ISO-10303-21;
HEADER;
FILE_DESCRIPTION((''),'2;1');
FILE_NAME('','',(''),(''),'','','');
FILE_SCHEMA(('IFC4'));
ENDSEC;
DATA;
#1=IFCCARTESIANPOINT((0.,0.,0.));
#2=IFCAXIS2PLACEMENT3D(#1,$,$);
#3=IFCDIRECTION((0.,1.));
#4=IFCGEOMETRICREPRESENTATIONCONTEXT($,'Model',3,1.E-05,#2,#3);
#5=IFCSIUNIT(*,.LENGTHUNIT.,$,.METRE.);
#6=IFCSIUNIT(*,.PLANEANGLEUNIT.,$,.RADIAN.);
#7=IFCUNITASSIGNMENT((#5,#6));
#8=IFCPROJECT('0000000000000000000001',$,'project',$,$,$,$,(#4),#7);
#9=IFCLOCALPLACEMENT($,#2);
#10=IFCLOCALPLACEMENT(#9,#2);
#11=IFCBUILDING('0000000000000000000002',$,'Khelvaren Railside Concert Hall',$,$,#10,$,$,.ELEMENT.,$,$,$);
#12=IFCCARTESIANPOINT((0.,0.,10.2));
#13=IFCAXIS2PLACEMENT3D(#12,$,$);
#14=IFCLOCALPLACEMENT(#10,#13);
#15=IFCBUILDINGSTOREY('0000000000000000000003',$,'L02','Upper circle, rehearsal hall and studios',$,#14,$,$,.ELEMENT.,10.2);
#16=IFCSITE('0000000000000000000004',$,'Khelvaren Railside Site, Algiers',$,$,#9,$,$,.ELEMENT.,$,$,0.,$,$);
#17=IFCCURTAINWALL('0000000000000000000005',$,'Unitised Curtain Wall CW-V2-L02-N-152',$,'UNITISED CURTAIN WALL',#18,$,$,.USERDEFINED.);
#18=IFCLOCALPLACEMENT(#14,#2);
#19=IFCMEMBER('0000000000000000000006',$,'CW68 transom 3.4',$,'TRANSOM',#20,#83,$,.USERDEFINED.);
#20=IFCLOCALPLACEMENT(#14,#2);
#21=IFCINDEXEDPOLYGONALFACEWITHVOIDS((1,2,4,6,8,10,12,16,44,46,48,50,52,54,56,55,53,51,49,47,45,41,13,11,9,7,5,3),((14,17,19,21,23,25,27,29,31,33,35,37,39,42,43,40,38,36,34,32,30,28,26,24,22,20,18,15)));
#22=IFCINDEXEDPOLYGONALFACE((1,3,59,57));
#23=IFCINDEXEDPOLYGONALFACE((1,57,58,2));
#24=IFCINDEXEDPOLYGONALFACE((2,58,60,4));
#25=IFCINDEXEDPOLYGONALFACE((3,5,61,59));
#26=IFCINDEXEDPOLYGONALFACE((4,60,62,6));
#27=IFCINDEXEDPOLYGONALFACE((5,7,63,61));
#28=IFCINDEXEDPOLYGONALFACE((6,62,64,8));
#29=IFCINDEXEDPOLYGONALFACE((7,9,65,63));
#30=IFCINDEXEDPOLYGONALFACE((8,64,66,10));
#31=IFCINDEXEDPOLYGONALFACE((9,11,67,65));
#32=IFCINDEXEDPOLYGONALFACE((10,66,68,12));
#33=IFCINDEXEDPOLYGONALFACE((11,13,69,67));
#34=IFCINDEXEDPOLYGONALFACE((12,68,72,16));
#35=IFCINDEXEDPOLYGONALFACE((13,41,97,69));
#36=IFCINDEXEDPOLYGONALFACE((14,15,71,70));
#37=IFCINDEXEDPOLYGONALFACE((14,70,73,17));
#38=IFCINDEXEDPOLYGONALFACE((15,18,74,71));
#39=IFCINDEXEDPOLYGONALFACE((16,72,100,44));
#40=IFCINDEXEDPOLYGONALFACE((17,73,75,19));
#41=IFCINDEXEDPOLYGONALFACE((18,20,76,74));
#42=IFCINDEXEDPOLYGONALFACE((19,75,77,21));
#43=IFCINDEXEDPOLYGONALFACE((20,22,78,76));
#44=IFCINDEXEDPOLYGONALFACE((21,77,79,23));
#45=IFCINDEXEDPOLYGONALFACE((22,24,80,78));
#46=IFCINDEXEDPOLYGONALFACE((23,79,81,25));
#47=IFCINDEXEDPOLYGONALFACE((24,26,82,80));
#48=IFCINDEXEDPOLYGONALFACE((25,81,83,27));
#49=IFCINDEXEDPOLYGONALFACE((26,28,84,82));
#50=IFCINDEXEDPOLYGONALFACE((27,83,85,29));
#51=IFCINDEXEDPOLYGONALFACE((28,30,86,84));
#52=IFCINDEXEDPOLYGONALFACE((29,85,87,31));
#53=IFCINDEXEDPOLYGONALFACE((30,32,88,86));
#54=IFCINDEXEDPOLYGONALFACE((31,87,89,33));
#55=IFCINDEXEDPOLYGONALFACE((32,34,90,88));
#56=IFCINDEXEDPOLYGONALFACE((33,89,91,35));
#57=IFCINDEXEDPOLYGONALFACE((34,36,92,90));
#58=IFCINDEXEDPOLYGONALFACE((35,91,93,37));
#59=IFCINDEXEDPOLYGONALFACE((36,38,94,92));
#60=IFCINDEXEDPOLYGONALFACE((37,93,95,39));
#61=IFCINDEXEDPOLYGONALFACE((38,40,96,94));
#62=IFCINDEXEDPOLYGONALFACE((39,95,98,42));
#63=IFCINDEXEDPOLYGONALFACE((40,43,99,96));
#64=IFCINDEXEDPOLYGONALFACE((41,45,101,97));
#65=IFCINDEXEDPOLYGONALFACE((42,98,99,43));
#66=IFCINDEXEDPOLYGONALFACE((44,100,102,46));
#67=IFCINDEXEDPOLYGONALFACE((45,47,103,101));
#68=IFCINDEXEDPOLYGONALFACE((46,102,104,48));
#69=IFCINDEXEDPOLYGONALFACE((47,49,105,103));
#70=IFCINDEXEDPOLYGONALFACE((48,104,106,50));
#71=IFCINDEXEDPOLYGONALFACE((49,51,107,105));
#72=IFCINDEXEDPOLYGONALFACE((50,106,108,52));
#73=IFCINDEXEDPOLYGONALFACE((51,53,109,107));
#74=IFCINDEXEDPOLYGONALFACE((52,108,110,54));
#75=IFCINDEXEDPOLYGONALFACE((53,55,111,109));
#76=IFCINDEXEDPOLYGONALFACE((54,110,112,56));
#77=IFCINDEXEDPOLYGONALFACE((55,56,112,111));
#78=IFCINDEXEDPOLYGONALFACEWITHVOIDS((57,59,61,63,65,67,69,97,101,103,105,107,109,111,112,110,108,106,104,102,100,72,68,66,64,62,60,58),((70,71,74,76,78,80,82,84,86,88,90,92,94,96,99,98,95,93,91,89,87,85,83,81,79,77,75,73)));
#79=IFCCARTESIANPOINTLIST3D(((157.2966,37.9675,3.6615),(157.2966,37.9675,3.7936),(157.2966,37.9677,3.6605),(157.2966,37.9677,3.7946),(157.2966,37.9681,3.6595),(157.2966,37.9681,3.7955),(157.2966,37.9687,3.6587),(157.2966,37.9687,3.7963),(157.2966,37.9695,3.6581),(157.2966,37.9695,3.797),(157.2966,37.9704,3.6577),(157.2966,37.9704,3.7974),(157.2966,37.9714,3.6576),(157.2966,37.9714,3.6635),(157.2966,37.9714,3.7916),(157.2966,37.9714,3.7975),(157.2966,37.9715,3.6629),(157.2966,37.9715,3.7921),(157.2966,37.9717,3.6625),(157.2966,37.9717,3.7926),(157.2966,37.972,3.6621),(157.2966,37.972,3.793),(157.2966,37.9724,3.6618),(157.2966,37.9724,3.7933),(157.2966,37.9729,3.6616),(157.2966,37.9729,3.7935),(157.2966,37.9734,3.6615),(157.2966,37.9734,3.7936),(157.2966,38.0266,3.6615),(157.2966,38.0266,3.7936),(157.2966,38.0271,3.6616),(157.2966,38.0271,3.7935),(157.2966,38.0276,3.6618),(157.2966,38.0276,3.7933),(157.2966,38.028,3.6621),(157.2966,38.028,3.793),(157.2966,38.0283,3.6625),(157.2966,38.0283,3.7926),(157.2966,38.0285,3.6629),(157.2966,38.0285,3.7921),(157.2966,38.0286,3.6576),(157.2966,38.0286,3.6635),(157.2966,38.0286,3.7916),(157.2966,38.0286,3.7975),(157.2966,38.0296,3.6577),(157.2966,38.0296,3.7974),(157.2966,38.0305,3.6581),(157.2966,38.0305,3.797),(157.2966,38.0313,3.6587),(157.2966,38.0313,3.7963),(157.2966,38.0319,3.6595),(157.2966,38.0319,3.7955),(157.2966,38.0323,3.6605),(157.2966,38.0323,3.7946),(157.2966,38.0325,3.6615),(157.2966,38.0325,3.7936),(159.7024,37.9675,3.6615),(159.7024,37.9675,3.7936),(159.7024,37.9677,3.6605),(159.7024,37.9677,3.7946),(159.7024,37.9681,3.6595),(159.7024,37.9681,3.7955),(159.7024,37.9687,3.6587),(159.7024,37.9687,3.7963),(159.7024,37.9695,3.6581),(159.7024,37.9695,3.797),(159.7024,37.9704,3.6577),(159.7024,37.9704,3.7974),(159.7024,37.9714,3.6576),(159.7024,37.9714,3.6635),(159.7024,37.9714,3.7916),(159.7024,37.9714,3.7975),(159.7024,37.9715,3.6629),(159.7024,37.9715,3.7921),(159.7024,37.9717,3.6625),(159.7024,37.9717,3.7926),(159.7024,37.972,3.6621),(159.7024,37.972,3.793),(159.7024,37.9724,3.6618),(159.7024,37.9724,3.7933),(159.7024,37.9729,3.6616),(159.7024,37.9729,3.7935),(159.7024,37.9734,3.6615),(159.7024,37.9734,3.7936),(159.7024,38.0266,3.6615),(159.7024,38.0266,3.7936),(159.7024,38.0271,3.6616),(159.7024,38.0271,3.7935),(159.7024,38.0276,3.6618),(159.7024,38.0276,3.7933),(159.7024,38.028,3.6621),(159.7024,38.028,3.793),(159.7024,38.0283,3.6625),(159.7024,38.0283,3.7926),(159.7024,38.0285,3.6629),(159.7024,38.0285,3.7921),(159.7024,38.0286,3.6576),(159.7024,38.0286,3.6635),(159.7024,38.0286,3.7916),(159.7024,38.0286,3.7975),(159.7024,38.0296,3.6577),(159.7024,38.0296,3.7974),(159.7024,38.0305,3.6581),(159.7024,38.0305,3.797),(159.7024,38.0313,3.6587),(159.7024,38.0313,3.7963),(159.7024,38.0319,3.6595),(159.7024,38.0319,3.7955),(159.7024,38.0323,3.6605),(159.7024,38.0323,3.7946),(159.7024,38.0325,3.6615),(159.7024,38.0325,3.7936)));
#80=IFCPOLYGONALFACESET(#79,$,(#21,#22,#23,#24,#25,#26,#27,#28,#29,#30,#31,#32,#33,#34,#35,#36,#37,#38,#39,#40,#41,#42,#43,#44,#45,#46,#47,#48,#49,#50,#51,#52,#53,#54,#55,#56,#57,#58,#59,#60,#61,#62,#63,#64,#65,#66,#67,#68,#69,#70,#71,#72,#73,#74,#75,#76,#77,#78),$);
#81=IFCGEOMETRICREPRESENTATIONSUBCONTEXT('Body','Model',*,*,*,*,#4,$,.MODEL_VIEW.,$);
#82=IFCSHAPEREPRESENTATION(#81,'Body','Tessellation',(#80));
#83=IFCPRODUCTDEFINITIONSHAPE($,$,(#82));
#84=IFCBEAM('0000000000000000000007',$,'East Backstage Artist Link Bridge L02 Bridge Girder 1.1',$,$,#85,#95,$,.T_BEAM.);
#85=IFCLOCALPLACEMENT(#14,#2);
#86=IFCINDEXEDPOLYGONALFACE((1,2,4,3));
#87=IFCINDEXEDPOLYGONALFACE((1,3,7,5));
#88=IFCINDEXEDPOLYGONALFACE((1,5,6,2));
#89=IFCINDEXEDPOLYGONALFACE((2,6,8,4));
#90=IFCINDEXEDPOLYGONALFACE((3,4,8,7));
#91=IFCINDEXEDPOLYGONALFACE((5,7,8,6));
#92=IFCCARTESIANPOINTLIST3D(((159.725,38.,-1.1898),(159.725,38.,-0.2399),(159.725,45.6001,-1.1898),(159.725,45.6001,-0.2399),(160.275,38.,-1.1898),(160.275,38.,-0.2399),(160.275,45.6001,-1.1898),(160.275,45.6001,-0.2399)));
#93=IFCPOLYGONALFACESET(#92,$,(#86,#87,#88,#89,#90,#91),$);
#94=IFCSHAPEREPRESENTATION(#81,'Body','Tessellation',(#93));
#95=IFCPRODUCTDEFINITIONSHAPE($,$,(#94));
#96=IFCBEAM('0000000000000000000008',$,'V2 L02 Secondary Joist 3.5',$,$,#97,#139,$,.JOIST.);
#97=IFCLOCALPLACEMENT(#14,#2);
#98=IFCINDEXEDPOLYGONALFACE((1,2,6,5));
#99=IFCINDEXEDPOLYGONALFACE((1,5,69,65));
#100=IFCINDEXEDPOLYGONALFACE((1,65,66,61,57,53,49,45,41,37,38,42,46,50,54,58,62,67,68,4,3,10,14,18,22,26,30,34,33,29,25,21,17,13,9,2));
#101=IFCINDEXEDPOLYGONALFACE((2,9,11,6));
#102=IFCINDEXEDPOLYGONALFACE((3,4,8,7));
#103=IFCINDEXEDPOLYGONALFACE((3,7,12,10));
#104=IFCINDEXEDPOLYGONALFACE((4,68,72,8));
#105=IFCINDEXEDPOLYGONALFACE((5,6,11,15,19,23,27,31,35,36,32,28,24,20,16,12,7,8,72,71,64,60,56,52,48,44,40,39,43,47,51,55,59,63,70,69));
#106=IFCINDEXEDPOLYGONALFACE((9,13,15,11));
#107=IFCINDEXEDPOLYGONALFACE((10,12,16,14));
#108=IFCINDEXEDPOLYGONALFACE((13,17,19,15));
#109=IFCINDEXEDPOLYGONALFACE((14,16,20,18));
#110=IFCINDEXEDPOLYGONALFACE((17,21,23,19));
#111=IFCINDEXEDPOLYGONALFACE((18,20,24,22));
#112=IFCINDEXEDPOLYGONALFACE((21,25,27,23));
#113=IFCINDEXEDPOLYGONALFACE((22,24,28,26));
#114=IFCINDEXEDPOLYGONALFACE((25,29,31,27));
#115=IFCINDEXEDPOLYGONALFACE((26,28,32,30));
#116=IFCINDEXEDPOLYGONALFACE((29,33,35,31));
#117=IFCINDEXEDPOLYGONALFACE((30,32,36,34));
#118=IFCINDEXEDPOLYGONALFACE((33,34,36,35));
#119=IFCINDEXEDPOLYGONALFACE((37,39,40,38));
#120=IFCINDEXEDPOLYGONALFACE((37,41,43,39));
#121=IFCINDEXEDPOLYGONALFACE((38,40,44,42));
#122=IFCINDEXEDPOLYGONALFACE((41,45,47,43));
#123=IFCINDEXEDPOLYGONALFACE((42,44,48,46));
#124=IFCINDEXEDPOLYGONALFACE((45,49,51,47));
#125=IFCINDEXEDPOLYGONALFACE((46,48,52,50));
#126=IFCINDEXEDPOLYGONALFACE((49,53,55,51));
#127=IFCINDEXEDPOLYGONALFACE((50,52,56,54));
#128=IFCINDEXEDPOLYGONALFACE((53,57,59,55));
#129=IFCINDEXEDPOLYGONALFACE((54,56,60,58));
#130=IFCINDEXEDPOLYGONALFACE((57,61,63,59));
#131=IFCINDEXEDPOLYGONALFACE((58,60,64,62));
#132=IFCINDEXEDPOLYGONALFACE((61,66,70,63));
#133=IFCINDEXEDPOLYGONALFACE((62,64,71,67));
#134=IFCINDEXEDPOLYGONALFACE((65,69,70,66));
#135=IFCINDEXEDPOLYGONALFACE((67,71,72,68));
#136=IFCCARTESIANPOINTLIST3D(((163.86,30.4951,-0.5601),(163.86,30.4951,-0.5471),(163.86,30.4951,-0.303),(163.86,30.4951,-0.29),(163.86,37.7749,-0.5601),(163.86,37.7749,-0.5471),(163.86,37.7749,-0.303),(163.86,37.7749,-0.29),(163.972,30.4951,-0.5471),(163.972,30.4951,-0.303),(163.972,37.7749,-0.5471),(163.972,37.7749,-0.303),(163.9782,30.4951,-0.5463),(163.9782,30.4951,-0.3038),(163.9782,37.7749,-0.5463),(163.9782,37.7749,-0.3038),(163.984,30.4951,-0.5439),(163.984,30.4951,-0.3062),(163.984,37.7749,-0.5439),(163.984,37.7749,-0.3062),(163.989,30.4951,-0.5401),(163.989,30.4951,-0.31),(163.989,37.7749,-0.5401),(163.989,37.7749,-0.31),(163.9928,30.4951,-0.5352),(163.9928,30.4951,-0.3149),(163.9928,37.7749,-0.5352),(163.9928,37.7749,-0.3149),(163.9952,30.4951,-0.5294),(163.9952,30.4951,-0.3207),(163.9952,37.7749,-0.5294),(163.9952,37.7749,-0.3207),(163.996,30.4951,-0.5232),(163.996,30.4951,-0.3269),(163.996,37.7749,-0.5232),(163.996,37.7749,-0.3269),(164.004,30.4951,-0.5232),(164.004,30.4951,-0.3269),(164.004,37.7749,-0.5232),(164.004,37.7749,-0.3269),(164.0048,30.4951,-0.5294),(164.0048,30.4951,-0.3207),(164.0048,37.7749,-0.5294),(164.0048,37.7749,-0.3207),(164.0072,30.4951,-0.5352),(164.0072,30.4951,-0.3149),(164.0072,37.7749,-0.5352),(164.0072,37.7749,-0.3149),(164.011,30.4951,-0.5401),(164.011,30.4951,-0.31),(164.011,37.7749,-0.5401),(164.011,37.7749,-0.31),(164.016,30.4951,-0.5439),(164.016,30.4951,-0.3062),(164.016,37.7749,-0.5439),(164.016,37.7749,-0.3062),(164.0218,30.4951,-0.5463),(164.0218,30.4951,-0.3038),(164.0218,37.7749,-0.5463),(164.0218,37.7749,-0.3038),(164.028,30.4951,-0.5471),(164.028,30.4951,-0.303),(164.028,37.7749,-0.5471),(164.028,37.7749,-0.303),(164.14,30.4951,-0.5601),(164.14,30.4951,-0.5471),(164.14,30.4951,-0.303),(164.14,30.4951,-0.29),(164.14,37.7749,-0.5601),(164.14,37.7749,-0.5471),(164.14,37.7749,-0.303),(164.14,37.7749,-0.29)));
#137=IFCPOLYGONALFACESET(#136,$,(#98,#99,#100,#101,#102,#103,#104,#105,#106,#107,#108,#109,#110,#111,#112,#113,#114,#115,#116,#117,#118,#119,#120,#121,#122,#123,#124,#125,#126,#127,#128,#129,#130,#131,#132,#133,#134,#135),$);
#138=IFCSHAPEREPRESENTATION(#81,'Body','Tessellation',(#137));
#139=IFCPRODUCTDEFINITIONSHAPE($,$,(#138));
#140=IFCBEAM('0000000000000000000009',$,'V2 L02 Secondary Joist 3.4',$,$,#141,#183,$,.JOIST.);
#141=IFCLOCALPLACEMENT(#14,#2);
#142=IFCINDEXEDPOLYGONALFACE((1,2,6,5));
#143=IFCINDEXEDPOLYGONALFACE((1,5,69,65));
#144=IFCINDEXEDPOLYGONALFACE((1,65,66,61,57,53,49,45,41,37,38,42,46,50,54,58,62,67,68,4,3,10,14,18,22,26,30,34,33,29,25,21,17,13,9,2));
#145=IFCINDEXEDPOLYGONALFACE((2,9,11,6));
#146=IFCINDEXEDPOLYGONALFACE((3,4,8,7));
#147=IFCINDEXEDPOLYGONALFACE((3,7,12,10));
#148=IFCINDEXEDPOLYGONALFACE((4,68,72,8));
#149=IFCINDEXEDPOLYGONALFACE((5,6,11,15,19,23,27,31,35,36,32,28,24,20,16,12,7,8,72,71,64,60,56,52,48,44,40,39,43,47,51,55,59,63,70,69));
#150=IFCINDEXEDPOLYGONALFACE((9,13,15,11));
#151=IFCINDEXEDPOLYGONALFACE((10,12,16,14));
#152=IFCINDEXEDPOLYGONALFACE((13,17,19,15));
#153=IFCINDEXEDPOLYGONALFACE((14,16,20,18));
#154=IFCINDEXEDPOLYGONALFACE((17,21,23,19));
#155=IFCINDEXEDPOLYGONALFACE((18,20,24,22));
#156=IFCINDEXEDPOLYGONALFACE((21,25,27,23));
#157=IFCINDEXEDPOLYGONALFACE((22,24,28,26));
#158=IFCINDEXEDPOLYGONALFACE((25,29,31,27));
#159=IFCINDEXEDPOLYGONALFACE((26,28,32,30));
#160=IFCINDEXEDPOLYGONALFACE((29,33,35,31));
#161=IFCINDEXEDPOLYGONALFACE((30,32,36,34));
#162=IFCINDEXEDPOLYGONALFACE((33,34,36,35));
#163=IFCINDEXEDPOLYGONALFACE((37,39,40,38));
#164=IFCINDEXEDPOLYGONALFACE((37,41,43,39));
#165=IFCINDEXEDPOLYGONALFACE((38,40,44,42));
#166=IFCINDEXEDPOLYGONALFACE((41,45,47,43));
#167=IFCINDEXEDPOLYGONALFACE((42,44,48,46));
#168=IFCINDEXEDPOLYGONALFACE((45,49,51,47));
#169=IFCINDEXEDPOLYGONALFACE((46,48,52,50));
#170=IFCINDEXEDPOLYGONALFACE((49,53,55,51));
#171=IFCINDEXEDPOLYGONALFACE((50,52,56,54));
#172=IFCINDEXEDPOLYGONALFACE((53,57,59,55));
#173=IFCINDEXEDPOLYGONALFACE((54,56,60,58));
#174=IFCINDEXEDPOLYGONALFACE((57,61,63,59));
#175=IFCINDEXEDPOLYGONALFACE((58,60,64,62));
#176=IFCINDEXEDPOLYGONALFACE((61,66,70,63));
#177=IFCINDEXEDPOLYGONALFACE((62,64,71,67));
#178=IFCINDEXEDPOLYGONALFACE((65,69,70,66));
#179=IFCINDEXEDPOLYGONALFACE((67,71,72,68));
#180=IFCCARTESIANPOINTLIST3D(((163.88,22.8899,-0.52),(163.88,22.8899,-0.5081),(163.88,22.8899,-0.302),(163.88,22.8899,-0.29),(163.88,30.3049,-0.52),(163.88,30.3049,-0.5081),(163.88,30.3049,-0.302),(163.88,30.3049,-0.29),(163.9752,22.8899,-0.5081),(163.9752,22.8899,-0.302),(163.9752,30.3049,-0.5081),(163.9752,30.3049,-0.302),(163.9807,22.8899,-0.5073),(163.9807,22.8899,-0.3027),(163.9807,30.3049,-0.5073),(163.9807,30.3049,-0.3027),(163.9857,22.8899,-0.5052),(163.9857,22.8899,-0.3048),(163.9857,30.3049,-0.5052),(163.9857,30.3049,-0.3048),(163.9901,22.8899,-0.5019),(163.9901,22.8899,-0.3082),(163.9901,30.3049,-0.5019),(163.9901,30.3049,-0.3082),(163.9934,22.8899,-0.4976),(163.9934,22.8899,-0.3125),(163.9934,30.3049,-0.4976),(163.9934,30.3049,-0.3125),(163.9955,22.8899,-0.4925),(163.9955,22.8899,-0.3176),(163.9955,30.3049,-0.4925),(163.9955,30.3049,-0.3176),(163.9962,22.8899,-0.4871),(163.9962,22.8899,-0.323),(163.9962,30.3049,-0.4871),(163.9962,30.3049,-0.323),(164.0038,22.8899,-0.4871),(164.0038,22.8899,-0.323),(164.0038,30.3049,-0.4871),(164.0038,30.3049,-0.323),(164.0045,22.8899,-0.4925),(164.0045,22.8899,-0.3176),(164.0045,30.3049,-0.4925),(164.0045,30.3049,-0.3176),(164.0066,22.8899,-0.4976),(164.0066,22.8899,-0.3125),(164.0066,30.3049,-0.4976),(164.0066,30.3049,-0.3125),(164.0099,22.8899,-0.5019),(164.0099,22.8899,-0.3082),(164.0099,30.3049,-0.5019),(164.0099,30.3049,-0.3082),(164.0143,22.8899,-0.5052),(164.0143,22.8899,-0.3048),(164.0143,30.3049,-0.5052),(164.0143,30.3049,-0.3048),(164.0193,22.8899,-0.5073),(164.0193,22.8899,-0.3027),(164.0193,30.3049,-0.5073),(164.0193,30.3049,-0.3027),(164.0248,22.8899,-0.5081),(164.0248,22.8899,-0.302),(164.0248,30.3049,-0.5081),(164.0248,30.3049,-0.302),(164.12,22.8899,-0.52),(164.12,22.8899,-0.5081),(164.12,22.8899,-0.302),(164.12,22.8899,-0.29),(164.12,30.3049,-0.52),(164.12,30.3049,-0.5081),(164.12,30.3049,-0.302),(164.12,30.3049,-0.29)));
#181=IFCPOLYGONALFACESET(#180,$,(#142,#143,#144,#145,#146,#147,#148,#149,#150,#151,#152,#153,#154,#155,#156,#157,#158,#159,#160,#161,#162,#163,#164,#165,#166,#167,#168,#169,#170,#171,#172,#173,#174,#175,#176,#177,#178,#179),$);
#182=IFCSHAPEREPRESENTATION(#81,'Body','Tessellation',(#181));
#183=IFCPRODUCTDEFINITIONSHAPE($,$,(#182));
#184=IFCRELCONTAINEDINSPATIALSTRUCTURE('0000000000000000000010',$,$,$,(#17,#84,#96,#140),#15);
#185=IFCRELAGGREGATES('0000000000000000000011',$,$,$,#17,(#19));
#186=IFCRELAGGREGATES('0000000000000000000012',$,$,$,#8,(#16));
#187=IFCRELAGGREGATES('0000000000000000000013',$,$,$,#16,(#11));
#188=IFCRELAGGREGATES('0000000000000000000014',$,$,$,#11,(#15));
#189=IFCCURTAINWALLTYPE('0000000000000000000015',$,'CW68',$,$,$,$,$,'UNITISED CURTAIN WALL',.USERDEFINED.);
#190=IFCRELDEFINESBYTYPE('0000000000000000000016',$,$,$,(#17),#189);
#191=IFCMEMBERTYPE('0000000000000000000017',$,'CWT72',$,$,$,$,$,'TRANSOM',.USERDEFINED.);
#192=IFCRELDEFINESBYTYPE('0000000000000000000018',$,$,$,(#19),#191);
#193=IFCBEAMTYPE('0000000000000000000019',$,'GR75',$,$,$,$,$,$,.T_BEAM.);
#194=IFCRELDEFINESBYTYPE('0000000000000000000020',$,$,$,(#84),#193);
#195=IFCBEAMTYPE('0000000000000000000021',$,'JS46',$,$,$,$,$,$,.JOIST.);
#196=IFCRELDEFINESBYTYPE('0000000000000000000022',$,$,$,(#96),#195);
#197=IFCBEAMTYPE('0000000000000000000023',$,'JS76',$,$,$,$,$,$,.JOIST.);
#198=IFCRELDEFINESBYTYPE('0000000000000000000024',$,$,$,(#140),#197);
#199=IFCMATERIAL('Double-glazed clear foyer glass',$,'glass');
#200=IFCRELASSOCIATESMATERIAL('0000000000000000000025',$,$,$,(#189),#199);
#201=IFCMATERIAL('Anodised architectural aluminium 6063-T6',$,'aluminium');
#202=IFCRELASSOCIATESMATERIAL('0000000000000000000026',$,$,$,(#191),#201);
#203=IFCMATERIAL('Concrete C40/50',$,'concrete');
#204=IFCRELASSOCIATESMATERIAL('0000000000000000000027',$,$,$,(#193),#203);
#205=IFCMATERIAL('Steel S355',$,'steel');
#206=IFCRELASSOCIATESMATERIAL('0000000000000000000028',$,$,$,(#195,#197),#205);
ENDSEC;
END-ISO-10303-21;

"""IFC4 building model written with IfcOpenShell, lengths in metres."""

from ifc_helpers import new_model, si_unit, direction, frame, origin, origin_2d, place, context, subcontext, project, spatial, rectangle, hollow_rectangle, i_section, extrude, material, material_profile, profile_set, type_object, element, aggregate, save


model = new_model("IFC4")

# Units and contexts
model_context = context("Model", 3, precision=1e-05, world=origin(), true_north=direction((0.0, 1.0)))
body_context = subcontext(model_context, "Body", "Model", "MODEL_VIEW")
ifc_project = project(units=[si_unit("LENGTHUNIT", "METRE"), si_unit("PLANEANGLEUNIT", "RADIAN")], contexts=[model_context])

# Site, building, storey
site_placement = place(None, origin())
site = spatial("IfcSite", under=ifc_project, at=site_placement, Name="Khelvaren Railside Site, Algiers", CompositionType="ELEMENT", RefElevation=0.0)
building_placement = place(site_placement, origin())
building = spatial("IfcBuilding", under=site, at=building_placement, Name="Khelvaren Railside Concert Hall", CompositionType="ELEMENT")
storey_placement = place(building_placement, frame((0.0, 0.0, 10.2)))
storey = spatial("IfcBuildingStorey", under=building, at=storey_placement, Name="L02", Description="Upper circle, rehearsal hall and studios", CompositionType="ELEMENT", Elevation=10.2)

# Shared definitions
ifc_material_1 = material(Name="Steel S355", Category="steel")

# Shared definitions
ifc_material_2 = material(Name="Concrete C40/50", Category="concrete")

# Curtain wall, member
ifc_material_3 = material(Name="Double-glazed clear foyer glass", Category="glass")
curtain_wall_type = type_object("IfcCurtainWallType", Name="CW68", ElementType="UNITISED CURTAIN WALL", PredefinedType="USERDEFINED", material=ifc_material_3)
curtain_wall_placement = place(storey_placement, origin())
curtain_wall = element("IfcCurtainWall", 1, at=curtain_wall_placement, inside=storey, type_object=curtain_wall_type, Name="Unitised Curtain Wall CW-V2-L02-N-152", ObjectType="UNITISED CURTAIN WALL", PredefinedType="USERDEFINED")
ifc_material_4 = material(Name="Anodised architectural aluminium 6063-T6", Category="aluminium")
ifc_material_profile_1 = material_profile(ifc_material_4, hollow_rectangle(XDim=0.0649, YDim=0.1399, WallThickness=0.0039, InnerFilletRadius=0.002, OuterFilletRadius=0.0039, at=origin_2d()), Name="CWT 65x140x4")
ifc_profile_set_1 = profile_set([ifc_material_profile_1], Name="Anodised architectural aluminium 6063-T6")
member_type_1 = type_object("IfcMemberType", Name="CWT72", ElementType="TRANSOM", PredefinedType="USERDEFINED", material=ifc_profile_set_1)
member_1_placement = place(storey_placement, frame((157.2966, 38.0, 3.7275), z_axis=(1.0, 0.0, 0.0), x_axis=(0.0, 1.0, 0.0)))
member_1 = element("IfcMember", 2, at=member_1_placement, type_object=member_type_1, Name="CW68 transom 3.4", ObjectType="TRANSOM", PredefinedType="USERDEFINED", context=body_context, shape_type="SweptSolid", body=[
    extrude(hollow_rectangle(XDim=0.0649, YDim=0.1399, WallThickness=0.0039, InnerFilletRadius=0.002, OuterFilletRadius=0.0039, at=origin_2d()), origin(), (0.0, 0.0, 1.0), 2.4058),
])

# Beams
ifc_material_profile_2 = material_profile(ifc_material_2, rectangle(XDim=0.55, YDim=0.95, at=origin_2d()), Name="RCB 550x950")
ifc_profile_set_2 = profile_set([ifc_material_profile_2], Name="Concrete C40/50")
beam_type_1 = type_object("IfcBeamType", Name="GR75", PredefinedType="T_BEAM", material=ifc_profile_set_2)
beam_1_placement = place(storey_placement, frame((160.0, 38.0, -0.7148), z_axis=(0.0, 1.0, 0.0), x_axis=(-1.0, 0.0, 0.0)))
element("IfcBeam", 3, at=beam_1_placement, inside=storey, type_object=beam_type_1, Name="East Backstage Artist Link Bridge L02 Bridge Girder 1.1", PredefinedType="T_BEAM", context=body_context, shape_type="SweptSolid", body=[
    extrude(rectangle(XDim=0.55, YDim=0.95, at=origin_2d()), origin(), (0.0, 0.0, 1.0), 7.6001),
])
ifc_material_profile_3 = material_profile(ifc_material_1, i_section(OverallWidth=0.28, OverallDepth=0.27, WebThickness=0.0081, FlangeThickness=0.0129, FilletRadius=0.0239, at=origin_2d()), Name="HEA 280")
ifc_profile_set_3 = profile_set([ifc_material_profile_3], Name="Steel S355")
beam_type_2 = type_object("IfcBeamType", Name="JS46", PredefinedType="JOIST", material=ifc_profile_set_3)
beam_2_placement = place(storey_placement, frame((164.0, 30.4951, -0.425), z_axis=(0.0, 1.0, 0.0), x_axis=(-1.0, 0.0, 0.0)))
element("IfcBeam", 4, at=beam_2_placement, inside=storey, type_object=beam_type_2, Name="V2 L02 Secondary Joist 3.5", PredefinedType="JOIST", context=body_context, shape_type="SweptSolid", body=[
    extrude(i_section(OverallWidth=0.28, OverallDepth=0.27, WebThickness=0.0081, FlangeThickness=0.0129, FilletRadius=0.0239, at=origin_2d()), origin(), (0.0, 0.0, 1.0), 7.2798),
])
ifc_material_profile_4 = material_profile(ifc_material_1, i_section(OverallWidth=0.24, OverallDepth=0.23, WebThickness=0.0076, FlangeThickness=0.012, FilletRadius=0.021, at=origin_2d()), Name="HEA 240")
ifc_profile_set_4 = profile_set([ifc_material_profile_4], Name="Steel S355")
beam_type_3 = type_object("IfcBeamType", Name="JS76", PredefinedType="JOIST", material=ifc_profile_set_4)
beam_3_placement = place(storey_placement, frame((164.0, 22.8899, -0.405), z_axis=(0.0, 1.0, 0.0), x_axis=(-1.0, 0.0, 0.0)))
element("IfcBeam", 5, at=beam_3_placement, inside=storey, type_object=beam_type_3, Name="V2 L02 Secondary Joist 3.4", PredefinedType="JOIST", context=body_context, shape_type="SweptSolid", body=[
    extrude(i_section(OverallWidth=0.24, OverallDepth=0.23, WebThickness=0.0076, FlangeThickness=0.012, FilletRadius=0.021, at=origin_2d()), origin(), (0.0, 0.0, 1.0), 7.415),
])

aggregate(curtain_wall, [member_1])

save(model, "model.ifc")
